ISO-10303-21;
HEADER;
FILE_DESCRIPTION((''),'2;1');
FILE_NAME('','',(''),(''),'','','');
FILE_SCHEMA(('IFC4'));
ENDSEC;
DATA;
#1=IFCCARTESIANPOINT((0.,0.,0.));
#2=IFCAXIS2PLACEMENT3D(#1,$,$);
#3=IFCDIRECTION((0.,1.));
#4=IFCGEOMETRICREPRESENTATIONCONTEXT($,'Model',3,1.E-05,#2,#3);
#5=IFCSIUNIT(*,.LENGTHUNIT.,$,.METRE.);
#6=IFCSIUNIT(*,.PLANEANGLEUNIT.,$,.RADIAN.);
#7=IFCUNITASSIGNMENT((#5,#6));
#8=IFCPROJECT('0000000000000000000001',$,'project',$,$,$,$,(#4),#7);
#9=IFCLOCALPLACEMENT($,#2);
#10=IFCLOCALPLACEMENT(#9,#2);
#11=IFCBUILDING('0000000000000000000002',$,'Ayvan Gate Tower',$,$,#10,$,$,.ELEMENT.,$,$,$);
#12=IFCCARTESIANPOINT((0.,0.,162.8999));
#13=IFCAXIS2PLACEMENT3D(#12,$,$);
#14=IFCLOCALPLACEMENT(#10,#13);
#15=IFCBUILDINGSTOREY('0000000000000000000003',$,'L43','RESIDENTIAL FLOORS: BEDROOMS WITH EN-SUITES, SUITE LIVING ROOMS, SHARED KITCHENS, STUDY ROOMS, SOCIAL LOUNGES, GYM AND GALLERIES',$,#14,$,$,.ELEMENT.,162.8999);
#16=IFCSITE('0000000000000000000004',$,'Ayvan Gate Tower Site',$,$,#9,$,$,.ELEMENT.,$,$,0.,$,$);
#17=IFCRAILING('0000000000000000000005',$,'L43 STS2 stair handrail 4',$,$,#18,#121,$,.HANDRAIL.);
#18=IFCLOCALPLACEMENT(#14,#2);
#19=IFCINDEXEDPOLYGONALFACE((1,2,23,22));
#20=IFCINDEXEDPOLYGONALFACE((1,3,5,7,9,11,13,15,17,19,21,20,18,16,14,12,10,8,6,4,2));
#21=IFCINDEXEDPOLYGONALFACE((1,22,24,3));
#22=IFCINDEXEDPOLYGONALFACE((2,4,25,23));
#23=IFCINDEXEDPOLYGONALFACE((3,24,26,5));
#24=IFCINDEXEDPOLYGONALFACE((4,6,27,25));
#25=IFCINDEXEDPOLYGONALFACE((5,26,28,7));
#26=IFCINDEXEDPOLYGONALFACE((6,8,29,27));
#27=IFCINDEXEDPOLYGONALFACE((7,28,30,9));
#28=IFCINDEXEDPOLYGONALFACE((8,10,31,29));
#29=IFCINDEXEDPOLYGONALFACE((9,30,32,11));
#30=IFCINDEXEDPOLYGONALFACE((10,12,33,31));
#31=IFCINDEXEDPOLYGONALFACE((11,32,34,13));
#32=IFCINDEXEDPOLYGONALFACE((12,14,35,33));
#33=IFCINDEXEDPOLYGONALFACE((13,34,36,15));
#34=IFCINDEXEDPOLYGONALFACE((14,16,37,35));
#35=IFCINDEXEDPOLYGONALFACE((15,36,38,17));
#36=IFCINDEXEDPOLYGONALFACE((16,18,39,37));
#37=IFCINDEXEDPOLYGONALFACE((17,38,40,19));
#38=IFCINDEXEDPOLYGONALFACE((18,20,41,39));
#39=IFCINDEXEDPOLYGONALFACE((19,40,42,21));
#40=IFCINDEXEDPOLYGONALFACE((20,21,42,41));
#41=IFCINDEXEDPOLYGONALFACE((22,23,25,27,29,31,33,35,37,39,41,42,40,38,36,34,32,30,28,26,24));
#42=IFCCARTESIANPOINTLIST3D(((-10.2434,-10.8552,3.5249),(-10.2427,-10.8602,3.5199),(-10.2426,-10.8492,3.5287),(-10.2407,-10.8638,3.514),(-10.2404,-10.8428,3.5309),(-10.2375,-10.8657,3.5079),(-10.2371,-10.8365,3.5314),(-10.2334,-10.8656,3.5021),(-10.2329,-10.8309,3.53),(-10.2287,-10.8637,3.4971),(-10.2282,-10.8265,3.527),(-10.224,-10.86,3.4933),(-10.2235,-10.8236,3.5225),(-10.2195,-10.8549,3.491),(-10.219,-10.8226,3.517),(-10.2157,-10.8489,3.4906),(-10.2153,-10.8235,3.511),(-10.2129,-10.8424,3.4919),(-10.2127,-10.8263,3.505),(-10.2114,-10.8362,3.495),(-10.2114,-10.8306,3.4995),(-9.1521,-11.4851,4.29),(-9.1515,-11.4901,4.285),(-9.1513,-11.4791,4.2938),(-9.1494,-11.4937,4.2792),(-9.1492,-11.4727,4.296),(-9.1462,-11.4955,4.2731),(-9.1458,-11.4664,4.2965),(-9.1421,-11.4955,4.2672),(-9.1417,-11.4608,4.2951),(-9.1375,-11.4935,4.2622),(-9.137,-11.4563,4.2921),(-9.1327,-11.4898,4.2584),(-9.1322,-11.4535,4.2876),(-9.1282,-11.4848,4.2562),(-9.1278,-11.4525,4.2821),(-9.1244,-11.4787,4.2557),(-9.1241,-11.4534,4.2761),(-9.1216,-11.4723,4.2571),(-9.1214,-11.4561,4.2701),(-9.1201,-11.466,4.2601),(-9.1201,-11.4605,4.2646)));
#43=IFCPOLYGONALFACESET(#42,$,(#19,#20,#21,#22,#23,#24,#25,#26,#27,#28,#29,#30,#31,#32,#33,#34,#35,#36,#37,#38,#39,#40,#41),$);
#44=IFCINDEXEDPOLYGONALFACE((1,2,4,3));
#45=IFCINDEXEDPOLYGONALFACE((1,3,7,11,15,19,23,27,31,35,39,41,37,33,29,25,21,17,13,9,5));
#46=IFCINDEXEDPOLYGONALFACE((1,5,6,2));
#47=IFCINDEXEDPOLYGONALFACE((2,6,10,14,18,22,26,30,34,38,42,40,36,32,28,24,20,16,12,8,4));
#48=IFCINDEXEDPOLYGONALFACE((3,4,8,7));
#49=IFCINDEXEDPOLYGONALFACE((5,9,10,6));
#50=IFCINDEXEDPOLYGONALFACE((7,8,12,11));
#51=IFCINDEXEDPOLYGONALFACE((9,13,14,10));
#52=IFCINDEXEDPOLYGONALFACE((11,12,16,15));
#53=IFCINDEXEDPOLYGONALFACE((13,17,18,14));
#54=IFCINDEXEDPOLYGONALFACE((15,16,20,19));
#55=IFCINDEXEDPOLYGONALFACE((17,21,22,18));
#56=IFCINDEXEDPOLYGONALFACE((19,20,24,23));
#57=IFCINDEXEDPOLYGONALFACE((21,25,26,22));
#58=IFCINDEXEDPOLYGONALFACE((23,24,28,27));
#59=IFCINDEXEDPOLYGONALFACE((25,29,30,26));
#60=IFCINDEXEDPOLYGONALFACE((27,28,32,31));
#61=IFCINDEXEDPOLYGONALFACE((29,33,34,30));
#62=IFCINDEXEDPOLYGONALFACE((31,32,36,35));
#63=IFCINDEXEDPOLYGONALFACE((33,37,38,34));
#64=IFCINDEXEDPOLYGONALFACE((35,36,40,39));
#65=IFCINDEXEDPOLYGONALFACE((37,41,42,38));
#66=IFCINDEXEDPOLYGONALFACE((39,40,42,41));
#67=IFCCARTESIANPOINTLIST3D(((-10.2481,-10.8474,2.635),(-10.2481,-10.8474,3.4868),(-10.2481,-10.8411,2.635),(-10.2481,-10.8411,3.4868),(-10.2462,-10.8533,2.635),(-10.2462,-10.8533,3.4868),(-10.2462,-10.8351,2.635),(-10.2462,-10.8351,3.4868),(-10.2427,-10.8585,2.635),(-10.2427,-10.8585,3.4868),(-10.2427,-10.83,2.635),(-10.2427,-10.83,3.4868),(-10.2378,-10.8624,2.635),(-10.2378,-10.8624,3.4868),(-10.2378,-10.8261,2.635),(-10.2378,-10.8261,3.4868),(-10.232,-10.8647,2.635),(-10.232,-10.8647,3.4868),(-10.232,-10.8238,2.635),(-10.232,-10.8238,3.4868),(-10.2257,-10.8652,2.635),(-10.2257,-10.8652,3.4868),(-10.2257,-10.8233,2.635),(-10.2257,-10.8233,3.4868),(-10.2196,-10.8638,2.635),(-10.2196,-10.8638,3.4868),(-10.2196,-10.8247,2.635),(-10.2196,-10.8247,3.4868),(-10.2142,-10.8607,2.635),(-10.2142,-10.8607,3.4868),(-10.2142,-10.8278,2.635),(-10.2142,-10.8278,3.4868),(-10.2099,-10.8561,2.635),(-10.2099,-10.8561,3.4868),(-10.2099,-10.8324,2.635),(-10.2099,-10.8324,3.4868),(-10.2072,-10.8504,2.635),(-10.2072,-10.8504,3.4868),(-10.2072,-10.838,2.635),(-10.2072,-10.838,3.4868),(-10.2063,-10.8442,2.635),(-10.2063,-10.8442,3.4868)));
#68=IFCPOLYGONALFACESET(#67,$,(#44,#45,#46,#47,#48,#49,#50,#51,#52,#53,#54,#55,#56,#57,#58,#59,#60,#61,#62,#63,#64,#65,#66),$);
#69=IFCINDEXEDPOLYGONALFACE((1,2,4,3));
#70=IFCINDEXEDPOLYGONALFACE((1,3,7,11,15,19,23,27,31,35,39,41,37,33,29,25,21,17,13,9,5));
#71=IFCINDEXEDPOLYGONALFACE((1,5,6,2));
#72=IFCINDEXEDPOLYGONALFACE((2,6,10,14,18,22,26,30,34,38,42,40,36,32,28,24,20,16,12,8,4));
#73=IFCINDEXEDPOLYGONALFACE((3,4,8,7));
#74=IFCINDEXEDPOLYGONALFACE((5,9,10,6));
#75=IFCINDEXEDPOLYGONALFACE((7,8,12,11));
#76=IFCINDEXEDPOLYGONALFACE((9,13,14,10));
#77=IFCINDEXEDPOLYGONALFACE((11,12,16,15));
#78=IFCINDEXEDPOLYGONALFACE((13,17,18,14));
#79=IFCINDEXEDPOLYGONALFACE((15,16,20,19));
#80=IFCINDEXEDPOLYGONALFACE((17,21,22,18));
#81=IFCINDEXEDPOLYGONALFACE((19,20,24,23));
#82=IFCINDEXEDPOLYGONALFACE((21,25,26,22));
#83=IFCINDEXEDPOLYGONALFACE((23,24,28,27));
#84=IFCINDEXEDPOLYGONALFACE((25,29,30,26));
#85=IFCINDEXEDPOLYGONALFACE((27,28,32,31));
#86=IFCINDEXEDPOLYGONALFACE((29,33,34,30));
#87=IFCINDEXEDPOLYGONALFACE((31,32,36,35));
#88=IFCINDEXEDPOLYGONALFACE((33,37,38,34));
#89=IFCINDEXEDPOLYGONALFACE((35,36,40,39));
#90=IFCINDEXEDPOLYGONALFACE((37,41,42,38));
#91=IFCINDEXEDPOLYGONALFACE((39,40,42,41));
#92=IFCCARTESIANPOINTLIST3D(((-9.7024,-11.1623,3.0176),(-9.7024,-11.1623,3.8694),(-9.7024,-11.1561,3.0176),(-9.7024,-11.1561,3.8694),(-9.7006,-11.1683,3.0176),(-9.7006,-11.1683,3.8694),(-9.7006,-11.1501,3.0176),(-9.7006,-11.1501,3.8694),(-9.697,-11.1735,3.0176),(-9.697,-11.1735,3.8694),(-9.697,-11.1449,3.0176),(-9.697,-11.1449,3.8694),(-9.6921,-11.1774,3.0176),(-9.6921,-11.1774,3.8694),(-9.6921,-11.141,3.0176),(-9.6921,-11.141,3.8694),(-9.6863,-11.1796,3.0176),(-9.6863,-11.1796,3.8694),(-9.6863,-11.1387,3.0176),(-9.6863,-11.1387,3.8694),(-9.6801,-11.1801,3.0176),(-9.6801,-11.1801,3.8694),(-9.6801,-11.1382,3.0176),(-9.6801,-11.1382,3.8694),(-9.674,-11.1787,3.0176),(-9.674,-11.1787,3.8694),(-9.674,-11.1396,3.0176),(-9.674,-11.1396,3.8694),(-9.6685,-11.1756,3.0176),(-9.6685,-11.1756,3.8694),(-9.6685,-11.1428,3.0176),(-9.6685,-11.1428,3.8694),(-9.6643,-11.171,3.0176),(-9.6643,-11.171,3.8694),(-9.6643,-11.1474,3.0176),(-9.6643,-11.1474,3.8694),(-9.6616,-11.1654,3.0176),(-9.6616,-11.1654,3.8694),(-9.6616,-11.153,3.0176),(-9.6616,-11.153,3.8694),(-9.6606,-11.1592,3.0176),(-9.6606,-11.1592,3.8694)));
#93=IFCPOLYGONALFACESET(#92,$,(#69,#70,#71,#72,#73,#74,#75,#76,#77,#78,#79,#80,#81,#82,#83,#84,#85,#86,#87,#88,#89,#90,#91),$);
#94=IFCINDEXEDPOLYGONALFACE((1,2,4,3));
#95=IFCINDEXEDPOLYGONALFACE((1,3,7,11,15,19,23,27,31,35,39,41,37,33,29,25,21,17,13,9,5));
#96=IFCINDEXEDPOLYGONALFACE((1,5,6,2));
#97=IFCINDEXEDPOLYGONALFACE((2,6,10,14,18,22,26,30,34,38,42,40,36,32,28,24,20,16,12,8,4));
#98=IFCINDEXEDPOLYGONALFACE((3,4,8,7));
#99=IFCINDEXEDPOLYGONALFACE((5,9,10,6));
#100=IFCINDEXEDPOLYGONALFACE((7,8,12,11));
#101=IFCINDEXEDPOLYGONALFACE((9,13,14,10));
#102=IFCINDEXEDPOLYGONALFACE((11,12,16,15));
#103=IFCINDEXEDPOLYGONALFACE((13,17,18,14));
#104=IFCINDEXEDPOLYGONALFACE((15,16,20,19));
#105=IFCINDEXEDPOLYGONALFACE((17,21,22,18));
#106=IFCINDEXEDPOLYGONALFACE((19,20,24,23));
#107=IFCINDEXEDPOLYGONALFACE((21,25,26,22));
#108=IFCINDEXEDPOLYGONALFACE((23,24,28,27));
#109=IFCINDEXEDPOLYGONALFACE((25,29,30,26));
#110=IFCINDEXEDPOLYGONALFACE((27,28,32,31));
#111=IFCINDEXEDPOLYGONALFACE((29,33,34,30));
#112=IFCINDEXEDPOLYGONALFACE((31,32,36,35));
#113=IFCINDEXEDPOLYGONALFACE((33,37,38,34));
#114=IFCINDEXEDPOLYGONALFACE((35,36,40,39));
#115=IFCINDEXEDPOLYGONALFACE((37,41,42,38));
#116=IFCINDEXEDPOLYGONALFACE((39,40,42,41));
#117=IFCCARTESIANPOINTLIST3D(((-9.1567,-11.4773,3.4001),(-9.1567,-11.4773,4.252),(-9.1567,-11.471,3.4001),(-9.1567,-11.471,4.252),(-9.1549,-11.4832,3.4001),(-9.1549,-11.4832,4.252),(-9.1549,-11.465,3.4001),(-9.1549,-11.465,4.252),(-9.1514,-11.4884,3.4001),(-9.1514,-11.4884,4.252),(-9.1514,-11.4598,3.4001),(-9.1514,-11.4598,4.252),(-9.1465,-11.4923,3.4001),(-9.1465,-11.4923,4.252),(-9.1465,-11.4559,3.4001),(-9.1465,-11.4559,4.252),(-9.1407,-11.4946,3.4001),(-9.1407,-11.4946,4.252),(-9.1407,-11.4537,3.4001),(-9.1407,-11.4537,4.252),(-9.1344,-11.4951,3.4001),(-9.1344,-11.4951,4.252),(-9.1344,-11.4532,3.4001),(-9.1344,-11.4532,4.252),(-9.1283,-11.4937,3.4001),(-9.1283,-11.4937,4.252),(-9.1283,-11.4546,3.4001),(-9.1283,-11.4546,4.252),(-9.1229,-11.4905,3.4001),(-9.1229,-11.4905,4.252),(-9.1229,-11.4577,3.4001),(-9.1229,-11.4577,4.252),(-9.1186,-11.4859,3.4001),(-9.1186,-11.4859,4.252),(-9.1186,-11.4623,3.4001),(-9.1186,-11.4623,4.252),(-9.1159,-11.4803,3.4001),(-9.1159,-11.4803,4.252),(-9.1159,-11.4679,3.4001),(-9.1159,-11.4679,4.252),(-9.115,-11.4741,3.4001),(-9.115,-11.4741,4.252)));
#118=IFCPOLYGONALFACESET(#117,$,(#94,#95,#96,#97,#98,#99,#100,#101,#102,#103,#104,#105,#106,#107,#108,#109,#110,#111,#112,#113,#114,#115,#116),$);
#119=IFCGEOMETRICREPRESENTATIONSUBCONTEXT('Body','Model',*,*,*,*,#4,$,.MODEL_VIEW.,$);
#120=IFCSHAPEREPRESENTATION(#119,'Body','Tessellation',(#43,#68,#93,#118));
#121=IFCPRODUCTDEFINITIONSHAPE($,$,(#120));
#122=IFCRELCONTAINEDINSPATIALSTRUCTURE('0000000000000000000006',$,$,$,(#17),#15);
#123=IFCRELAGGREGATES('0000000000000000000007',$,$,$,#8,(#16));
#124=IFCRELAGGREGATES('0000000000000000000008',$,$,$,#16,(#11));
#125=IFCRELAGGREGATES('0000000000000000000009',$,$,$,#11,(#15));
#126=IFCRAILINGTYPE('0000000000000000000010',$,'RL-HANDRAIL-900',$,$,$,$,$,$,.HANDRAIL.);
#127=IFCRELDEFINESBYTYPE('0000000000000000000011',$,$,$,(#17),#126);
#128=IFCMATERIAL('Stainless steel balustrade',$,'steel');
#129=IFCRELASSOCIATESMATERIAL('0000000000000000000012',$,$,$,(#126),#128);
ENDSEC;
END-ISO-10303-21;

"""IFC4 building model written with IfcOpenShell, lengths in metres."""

from ifc_helpers import new_model, si_unit, direction, frame, origin, origin_2d, place, context, subcontext, project, spatial, circle, extrude, material, type_object, element, save


model = new_model("IFC4")

# Units and contexts
model_context = context("Model", 3, precision=1e-05, world=origin(), true_north=direction((0.0, 1.0)))
body_context = subcontext(model_context, "Body", "Model", "MODEL_VIEW")
ifc_project = project(units=[si_unit("LENGTHUNIT", "METRE"), si_unit("PLANEANGLEUNIT", "RADIAN")], contexts=[model_context])

# Site, building, storey
site_placement = place(None, origin())
site = spatial("IfcSite", under=ifc_project, at=site_placement, Name="Ayvan Gate Tower Site", CompositionType="ELEMENT", RefElevation=0.0)
building_placement = place(site_placement, origin())
building = spatial("IfcBuilding", under=site, at=building_placement, Name="Ayvan Gate Tower", CompositionType="ELEMENT")
storey_placement = place(building_placement, frame((0.0, 0.0, 162.8999)))
storey = spatial("IfcBuildingStorey", under=building, at=storey_placement, Name="L43", Description="RESIDENTIAL FLOORS: BEDROOMS WITH EN-SUITES, SUITE LIVING ROOMS, SHARED KITCHENS, STUDY ROOMS, SOCIAL LOUNGES, GYM AND GALLERIES", CompositionType="ELEMENT", Elevation=162.8999)

# Railing
ifc_material_1 = material(Name="Stainless steel balustrade", Category="steel")
railing_type_1 = type_object("IfcRailingType", Name="RL-HANDRAIL-900", PredefinedType="HANDRAIL", material=ifc_material_1)
railing_1_placement = place(storey_placement, frame((-10.2273, -10.8442, 2.635)))
element("IfcRailing", 1, at=railing_1_placement, inside=storey, type_object=railing_type_1, Name="L43 STS2 stair handrail 4", PredefinedType="HANDRAIL", context=body_context, shape_type="SweptSolid", body=[
    extrude(circle(Radius=0.0239, at=origin_2d()), frame((0.0, 0.0, 0.876), z_axis=(0.740293, -0.427283, 0.519033), x_axis=(0.49989, 0.866089, 0.0)), (0.0, 0.0, 1.0), 1.4741),
    extrude(circle(Radius=0.021, at=origin_2d()), origin(), (0.0, 0.0, 1.0), 0.8518),
    extrude(circle(Radius=0.021, at=origin_2d()), frame((0.5457, -0.3149, 0.3826)), (0.0, 0.0, 1.0), 0.8518),
    extrude(circle(Radius=0.021, at=origin_2d()), frame((1.0913, -0.6299, 0.7651)), (0.0, 0.0, 1.0), 0.8518),
])

save(model, "model.ifc")
